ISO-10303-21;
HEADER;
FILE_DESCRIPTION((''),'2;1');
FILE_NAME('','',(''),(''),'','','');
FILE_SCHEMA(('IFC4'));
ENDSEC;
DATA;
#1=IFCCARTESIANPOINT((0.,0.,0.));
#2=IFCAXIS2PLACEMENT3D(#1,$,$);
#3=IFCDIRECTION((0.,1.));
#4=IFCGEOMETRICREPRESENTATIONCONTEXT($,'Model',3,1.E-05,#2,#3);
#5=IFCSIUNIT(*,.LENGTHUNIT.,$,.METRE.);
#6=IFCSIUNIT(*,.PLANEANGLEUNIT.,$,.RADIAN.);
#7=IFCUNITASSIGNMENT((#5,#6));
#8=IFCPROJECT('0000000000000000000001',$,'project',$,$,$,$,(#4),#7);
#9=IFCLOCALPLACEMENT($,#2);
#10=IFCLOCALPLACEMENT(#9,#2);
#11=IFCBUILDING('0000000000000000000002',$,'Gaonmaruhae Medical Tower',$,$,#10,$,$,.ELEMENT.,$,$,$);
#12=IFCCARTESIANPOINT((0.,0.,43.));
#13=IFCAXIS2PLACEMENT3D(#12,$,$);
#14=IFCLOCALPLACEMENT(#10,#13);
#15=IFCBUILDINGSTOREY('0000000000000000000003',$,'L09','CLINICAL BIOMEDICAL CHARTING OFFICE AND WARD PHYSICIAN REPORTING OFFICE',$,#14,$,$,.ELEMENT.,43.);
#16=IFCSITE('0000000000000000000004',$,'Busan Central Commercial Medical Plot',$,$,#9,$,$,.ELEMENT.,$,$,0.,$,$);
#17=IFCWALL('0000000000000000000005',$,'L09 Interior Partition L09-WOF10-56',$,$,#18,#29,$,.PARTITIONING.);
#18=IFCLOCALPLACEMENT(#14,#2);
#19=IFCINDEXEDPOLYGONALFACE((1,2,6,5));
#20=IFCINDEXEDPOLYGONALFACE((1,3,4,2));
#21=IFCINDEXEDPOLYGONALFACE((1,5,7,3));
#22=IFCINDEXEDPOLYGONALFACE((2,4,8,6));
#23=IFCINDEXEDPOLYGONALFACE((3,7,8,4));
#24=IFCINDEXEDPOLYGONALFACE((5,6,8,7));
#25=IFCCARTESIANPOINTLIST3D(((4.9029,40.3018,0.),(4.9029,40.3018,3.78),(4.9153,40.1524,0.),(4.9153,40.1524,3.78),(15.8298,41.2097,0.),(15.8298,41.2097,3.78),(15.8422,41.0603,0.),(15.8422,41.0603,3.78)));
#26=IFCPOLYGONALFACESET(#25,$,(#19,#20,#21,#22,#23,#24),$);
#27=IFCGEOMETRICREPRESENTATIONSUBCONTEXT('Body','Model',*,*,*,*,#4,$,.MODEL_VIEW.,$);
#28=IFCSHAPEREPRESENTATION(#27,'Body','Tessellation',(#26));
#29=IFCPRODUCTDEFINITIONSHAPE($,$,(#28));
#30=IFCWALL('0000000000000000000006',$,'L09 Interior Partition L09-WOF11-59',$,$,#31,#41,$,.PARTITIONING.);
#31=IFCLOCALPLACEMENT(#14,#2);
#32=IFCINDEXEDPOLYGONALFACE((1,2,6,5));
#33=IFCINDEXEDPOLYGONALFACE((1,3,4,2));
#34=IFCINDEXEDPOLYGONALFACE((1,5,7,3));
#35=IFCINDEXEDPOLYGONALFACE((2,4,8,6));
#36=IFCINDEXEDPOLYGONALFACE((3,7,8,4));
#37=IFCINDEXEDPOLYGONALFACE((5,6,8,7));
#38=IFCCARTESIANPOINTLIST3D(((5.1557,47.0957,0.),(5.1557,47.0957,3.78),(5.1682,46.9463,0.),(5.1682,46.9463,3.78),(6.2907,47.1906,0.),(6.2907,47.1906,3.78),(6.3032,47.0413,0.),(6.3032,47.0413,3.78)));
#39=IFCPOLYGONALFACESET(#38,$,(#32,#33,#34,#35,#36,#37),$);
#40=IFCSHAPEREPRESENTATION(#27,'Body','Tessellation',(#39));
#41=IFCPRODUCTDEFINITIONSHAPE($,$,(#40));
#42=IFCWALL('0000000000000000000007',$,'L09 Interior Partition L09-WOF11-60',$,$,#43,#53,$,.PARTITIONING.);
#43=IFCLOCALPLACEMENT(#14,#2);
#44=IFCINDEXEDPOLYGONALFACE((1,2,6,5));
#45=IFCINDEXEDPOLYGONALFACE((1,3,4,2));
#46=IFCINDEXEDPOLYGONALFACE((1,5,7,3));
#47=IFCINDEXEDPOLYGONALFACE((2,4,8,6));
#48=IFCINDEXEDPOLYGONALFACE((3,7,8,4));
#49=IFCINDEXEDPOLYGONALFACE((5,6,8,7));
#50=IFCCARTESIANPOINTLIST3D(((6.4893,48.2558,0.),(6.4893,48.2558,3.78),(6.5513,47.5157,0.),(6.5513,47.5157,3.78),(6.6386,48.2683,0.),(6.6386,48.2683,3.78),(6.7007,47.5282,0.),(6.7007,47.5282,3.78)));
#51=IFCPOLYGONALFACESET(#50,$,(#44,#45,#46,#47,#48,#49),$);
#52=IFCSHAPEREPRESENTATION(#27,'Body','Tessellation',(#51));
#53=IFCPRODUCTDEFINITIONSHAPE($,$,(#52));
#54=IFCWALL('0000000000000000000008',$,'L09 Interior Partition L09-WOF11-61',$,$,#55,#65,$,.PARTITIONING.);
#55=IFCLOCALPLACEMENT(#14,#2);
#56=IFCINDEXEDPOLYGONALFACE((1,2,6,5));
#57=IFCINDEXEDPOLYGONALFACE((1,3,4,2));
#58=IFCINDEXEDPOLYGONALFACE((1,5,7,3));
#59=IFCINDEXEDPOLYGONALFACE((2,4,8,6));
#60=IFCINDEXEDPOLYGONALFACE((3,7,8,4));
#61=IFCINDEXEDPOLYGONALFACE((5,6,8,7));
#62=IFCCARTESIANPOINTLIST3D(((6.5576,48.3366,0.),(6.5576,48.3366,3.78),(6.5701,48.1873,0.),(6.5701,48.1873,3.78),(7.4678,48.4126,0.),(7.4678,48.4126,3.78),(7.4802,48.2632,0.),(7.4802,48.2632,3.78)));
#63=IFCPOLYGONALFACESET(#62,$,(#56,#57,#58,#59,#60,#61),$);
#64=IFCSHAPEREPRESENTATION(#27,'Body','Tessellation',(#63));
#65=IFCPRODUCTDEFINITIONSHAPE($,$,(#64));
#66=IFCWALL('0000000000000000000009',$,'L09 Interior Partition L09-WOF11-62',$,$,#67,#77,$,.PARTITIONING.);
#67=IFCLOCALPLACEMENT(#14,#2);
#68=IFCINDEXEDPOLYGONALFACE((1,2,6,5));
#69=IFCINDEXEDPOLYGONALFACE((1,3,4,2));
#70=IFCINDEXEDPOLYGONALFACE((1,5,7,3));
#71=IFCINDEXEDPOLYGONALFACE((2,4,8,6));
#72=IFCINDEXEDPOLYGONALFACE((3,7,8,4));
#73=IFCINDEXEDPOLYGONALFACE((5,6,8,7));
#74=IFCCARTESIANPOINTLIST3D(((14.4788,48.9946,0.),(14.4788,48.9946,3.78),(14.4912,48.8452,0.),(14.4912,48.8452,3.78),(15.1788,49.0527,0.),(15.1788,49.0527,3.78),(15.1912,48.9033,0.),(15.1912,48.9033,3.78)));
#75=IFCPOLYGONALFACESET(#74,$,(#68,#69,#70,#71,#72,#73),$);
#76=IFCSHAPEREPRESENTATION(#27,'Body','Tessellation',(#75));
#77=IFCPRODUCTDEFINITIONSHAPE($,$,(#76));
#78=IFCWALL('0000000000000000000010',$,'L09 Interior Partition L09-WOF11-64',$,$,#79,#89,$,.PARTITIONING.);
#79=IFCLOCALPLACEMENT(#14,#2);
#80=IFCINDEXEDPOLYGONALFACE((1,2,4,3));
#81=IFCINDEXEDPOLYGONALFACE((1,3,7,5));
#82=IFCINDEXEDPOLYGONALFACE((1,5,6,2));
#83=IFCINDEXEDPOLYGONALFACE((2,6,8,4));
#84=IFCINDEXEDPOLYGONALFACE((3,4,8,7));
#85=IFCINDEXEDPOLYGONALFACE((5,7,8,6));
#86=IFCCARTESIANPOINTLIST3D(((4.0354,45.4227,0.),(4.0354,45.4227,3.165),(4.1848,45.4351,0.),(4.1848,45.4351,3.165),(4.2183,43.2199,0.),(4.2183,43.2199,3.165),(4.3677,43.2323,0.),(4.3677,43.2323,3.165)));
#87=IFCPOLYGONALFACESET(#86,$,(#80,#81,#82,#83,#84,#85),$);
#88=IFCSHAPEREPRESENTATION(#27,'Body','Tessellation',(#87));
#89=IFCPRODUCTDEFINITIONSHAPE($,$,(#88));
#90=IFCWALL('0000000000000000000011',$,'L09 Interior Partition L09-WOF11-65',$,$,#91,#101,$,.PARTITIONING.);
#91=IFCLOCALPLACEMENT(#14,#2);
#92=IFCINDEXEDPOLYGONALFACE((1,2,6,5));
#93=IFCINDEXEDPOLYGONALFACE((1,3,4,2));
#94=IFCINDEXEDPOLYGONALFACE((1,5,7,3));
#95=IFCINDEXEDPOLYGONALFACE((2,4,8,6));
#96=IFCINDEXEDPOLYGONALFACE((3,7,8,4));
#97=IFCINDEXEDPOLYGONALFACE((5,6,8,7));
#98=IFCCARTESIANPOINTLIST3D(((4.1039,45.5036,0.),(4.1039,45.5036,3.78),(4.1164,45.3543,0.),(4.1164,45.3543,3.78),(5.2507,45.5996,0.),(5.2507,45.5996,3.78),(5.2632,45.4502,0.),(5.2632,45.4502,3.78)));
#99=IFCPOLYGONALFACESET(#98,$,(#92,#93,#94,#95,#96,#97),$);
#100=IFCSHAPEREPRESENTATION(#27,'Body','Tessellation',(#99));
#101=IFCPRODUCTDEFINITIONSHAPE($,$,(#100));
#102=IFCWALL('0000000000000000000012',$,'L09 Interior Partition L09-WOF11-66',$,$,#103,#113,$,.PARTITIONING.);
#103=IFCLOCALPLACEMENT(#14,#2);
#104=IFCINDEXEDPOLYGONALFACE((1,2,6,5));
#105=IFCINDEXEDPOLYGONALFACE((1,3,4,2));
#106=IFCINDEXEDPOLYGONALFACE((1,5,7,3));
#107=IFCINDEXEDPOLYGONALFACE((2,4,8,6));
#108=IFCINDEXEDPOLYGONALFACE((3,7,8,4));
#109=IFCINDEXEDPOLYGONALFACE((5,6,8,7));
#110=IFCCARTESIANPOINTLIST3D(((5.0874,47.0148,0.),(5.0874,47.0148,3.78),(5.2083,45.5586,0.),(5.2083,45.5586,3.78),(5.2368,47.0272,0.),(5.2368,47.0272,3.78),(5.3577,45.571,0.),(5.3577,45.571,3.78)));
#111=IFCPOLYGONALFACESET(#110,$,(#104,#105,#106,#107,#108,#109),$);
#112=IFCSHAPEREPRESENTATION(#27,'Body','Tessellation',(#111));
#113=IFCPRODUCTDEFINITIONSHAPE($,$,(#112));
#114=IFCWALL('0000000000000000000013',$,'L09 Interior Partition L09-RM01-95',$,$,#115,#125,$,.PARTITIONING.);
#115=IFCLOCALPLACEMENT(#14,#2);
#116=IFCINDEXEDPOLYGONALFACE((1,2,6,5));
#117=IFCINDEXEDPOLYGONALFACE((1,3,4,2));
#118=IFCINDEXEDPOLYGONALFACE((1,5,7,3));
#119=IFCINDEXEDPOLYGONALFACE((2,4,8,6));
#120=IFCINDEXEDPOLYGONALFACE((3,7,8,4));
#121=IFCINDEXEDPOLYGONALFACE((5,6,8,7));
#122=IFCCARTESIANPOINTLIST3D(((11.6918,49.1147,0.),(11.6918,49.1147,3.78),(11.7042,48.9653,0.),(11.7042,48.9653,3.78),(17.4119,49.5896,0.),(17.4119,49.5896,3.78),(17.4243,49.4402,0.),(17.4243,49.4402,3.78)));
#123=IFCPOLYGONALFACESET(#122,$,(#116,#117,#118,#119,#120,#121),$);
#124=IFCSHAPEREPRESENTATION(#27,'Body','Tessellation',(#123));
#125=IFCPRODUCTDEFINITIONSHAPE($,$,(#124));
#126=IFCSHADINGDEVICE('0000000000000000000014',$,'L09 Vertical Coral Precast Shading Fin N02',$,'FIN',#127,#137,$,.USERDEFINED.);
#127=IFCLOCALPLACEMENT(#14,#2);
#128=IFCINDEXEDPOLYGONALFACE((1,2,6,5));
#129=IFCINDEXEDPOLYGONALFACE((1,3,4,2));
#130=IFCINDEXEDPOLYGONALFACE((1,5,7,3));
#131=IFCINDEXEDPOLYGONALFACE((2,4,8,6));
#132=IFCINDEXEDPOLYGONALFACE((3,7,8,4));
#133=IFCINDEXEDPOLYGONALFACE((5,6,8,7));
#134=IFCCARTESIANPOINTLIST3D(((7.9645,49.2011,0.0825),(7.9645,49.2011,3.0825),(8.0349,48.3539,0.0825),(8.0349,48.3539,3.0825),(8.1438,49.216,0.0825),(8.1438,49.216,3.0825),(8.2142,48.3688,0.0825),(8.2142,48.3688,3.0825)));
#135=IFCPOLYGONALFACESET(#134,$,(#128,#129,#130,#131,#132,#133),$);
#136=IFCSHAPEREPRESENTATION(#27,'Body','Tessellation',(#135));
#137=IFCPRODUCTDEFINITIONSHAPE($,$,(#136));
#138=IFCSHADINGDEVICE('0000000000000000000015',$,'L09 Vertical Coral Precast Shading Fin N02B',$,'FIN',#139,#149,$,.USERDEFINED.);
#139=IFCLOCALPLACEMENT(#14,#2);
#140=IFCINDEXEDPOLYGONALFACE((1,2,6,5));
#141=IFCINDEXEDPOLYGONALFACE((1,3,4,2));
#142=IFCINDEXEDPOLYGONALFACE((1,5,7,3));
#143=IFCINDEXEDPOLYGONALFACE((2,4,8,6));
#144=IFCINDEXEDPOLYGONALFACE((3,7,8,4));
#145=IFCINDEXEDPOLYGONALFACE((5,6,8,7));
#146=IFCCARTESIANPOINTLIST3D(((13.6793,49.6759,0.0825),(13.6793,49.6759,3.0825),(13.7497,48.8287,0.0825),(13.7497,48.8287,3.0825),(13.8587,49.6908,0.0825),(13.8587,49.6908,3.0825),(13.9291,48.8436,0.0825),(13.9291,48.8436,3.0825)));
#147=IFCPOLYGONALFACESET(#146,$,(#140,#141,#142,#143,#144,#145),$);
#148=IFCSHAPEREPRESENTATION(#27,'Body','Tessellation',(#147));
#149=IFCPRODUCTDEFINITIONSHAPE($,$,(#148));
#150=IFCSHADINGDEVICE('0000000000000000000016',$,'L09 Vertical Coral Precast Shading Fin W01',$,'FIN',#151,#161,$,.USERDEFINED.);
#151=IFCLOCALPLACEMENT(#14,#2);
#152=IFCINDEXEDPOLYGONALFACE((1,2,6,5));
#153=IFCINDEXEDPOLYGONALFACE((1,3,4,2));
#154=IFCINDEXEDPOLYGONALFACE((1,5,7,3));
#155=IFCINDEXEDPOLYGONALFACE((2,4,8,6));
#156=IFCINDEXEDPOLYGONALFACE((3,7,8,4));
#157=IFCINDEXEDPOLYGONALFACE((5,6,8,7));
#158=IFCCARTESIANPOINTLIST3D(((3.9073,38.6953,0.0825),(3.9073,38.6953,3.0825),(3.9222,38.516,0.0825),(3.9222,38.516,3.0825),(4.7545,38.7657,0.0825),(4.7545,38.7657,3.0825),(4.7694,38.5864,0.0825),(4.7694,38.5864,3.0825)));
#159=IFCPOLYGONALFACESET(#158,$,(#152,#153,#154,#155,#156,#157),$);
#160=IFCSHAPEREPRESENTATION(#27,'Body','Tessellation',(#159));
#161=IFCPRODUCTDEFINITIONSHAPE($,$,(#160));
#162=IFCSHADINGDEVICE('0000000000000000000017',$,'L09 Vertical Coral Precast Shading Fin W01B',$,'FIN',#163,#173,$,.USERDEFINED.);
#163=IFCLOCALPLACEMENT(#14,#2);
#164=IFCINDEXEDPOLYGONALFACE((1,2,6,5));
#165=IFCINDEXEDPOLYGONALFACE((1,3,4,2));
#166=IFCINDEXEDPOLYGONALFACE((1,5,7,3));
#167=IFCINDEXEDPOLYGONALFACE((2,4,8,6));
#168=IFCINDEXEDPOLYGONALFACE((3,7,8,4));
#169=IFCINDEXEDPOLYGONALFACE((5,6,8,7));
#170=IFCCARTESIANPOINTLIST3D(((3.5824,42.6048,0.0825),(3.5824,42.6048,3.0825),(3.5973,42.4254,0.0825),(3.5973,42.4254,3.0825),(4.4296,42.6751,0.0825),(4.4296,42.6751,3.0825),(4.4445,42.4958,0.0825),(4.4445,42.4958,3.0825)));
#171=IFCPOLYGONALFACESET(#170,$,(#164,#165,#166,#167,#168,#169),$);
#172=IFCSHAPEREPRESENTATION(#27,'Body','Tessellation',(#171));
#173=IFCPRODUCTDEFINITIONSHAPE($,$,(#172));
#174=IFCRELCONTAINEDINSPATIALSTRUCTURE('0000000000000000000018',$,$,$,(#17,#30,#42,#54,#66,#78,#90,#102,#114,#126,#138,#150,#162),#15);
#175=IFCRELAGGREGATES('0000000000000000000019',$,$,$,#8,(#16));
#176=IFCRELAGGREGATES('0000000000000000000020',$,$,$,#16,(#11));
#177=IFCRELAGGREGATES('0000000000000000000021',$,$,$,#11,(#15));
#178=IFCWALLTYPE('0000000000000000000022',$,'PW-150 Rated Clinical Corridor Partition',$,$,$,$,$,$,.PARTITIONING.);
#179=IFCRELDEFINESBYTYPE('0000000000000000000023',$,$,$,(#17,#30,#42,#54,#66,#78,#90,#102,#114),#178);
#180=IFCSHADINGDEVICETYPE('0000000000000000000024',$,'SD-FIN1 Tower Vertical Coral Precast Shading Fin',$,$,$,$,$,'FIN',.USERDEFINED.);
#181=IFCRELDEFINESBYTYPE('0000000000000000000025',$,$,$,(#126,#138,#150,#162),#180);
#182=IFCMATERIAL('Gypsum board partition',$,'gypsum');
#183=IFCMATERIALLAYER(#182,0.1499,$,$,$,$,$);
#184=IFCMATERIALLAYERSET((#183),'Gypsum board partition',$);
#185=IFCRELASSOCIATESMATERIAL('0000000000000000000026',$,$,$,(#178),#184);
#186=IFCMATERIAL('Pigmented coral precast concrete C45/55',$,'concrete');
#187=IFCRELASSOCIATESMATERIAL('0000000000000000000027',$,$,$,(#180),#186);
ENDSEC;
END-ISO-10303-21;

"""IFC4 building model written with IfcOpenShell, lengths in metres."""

from ifc_helpers import new_model, si_unit, direction, frame, frame_2d, origin, origin_2d, place, context, subcontext, project, spatial, rectangle, extrude, material, layer, layer_set, type_object, element, save


model = new_model("IFC4")

# Units and contexts
model_context = context("Model", 3, precision=1e-05, world=origin(), true_north=direction((0.0, 1.0)))
body_context = subcontext(model_context, "Body", "Model", "MODEL_VIEW")
ifc_project = project(units=[si_unit("LENGTHUNIT", "METRE"), si_unit("PLANEANGLEUNIT", "RADIAN")], contexts=[model_context])

# Site, building, storey
site_placement = place(None, origin())
site = spatial("IfcSite", under=ifc_project, at=site_placement, Name="Busan Central Commercial Medical Plot", CompositionType="ELEMENT", RefElevation=0.0)
building_placement = place(site_placement, origin())
building = spatial("IfcBuilding", under=site, at=building_placement, Name="Gaonmaruhae Medical Tower", CompositionType="ELEMENT")
storey_placement = place(building_placement, frame((0.0, 0.0, 43.0)))
storey = spatial("IfcBuildingStorey", under=building, at=storey_placement, Name="L09", Description="CLINICAL BIOMEDICAL CHARTING OFFICE AND WARD PHYSICIAN REPORTING OFFICE", CompositionType="ELEMENT", Elevation=43.0)

# Walls
ifc_material_1 = material(Name="Gypsum board partition", Category="gypsum")
ifc_layer_1 = layer(ifc_material_1, 0.1499)
ifc_layer_set_1 = layer_set([ifc_layer_1], Name="Gypsum board partition")
wall_type_1 = type_object("IfcWallType", Name="PW-150 Rated Clinical Corridor Partition", PredefinedType="PARTITIONING", material=ifc_layer_set_1)
wall_1_placement = place(storey_placement, frame((4.9089, 40.2271, 0.0), z_axis=(0.0, 0.0, 1.0), x_axis=(0.996566, 0.082808, 0.0)))
element("IfcWall", 1, at=wall_1_placement, inside=storey, type_object=wall_type_1, Name="L09 Interior Partition L09-WOF10-56", PredefinedType="PARTITIONING", context=body_context, shape_type="SweptSolid", body=[
    extrude(rectangle(XDim=10.9646, YDim=0.1499, at=frame_2d((5.4824, 0.0))), origin(), (0.0, 0.0, 1.0), 3.78),
])
wall_2_placement = place(storey_placement, frame((5.1621, 47.021, 0.0), z_axis=(0.0, 0.0, 1.0), x_axis=(0.996518, 0.083383, 0.0)))
element("IfcWall", 2, at=wall_2_placement, inside=storey, type_object=wall_type_1, Name="L09 Interior Partition L09-WOF11-59", PredefinedType="PARTITIONING", context=body_context, shape_type="SweptSolid", body=[
    extrude(rectangle(XDim=1.1389, YDim=0.1499, at=frame_2d((0.5693, 0.0))), origin(), (0.0, 0.0, 1.0), 3.78),
])
wall_3_placement = place(storey_placement, frame((6.626, 47.522, 0.0), z_axis=(0.0, 0.0, 1.0), x_axis=(-0.083508, 0.996507, 0.0)))
element("IfcWall", 3, at=wall_3_placement, inside=storey, type_object=wall_type_1, Name="L09 Interior Partition L09-WOF11-60", PredefinedType="PARTITIONING", context=body_context, shape_type="SweptSolid", body=[
    extrude(rectangle(XDim=0.7427, YDim=0.1499, at=frame_2d((0.3713, 0.0))), origin(), (0.0, 0.0, 1.0), 3.78),
])
wall_4_placement = place(storey_placement, frame((6.564, 48.262, 0.0), z_axis=(0.0, 0.0, 1.0), x_axis=(0.996538, 0.083134, 0.0)))
element("IfcWall", 4, at=wall_4_placement, inside=storey, type_object=wall_type_1, Name="L09 Interior Partition L09-WOF11-61", PredefinedType="PARTITIONING", context=body_context, shape_type="SweptSolid", body=[
    extrude(rectangle(XDim=0.9133, YDim=0.1499, at=frame_2d((0.4565, 0.0))), origin(), (0.0, 0.0, 1.0), 3.78),
])
wall_5_placement = place(storey_placement, frame((14.4851, 48.9199, 0.0), z_axis=(0.0, 0.0, 1.0), x_axis=(0.996572, 0.082729, 0.0)))
element("IfcWall", 5, at=wall_5_placement, inside=storey, type_object=wall_type_1, Name="L09 Interior Partition L09-WOF11-62", PredefinedType="PARTITIONING", context=body_context, shape_type="SweptSolid", body=[
    extrude(rectangle(XDim=0.7024, YDim=0.1499, at=frame_2d((0.3511, 0.0))), origin(), (0.0, 0.0, 1.0), 3.78),
])
wall_6_placement = place(storey_placement, frame((4.293, 43.2261, 0.0), z_axis=(0.0, 0.0, 1.0), x_axis=(-0.082726, 0.996572, 0.0)))
element("IfcWall", 6, at=wall_6_placement, inside=storey, type_object=wall_type_1, Name="L09 Interior Partition L09-WOF11-64", PredefinedType="PARTITIONING", context=body_context, shape_type="SweptSolid", body=[
    extrude(rectangle(XDim=2.2104, YDim=0.1499, at=frame_2d((1.1052, 0.0))), origin(), (0.0, 0.0, 1.0), 3.165),
])
wall_7_placement = place(storey_placement, frame((4.1101, 45.429, 0.0), z_axis=(0.0, 0.0, 1.0), x_axis=(0.996519, 0.083361, 0.0)))
element("IfcWall", 7, at=wall_7_placement, inside=storey, type_object=wall_type_1, Name="L09 Interior Partition L09-WOF11-65", PredefinedType="PARTITIONING", context=body_context, shape_type="SweptSolid", body=[
    extrude(rectangle(XDim=1.1509, YDim=0.1499, at=frame_2d((0.5754, 0.0))), origin(), (0.0, 0.0, 1.0), 3.78),
])
wall_8_placement = place(storey_placement, frame((5.283, 45.5649, 0.0), z_axis=(0.0, 0.0, 1.0), x_axis=(-0.082714, 0.996573, 0.0)))
element("IfcWall", 8, at=wall_8_placement, inside=storey, type_object=wall_type_1, Name="L09 Interior Partition L09-WOF11-66", PredefinedType="PARTITIONING", context=body_context, shape_type="SweptSolid", body=[
    extrude(rectangle(XDim=1.4612, YDim=0.1499, at=frame_2d((0.7305, 0.0))), origin(), (0.0, 0.0, 1.0), 3.78),
])
wall_9_placement = place(storey_placement, frame((11.698, 49.04, 0.0), z_axis=(0.0, 0.0, 1.0), x_axis=(0.996572, 0.082732, 0.0)))
element("IfcWall", 9, at=wall_9_placement, inside=storey, type_object=wall_type_1, Name="L09 Interior Partition L09-RM01-95", PredefinedType="PARTITIONING", context=body_context, shape_type="SweptSolid", body=[
    extrude(rectangle(XDim=5.7397, YDim=0.1499, at=frame_2d((2.8699, 0.0))), origin(), (0.0, 0.0, 1.0), 3.78),
])

# Shading devices
ifc_material_2 = material(Name="Pigmented coral precast concrete C45/55", Category="concrete")
shading_device_type = type_object("IfcShadingDeviceType", Name="SD-FIN1 Tower Vertical Coral Precast Shading Fin", ElementType="FIN", PredefinedType="USERDEFINED", material=ifc_material_2)
for number, where, z_axis, x_axis, name in (
    (10, (8.0894, 48.7849, 0.0825), (0.0, 0.0, 1.0), (0.996566, 0.082808, 0.0), "L09 Vertical Coral Precast Shading Fin N02"),
    (11, (13.8042, 49.2598, 0.0825), (0.0, 0.0, 1.0), (0.996566, 0.082808, 0.0), "L09 Vertical Coral Precast Shading Fin N02B"),
    (12, (4.3384, 38.6409, 0.0825), (0.0, 0.0, 1.0), (-0.082808, 0.996566, 0.0), "L09 Vertical Coral Precast Shading Fin W01"),
    (13, (4.0134, 42.5503, 0.0825), (0.0, 0.0, 1.0), (-0.082808, 0.996566, 0.0), "L09 Vertical Coral Precast Shading Fin W01B"),
):
    element("IfcShadingDevice", number, at=place(storey_placement, frame(where, z_axis=z_axis, x_axis=x_axis)), inside=storey, type_object=shading_device_type, Name=name, ObjectType="FIN", PredefinedType="USERDEFINED", context=body_context, shape_type="SweptSolid", body=[
        extrude(rectangle(XDim=0.1799, YDim=0.8501, at=origin_2d()), origin(), (0.0, 0.0, 1.0), 3.0),
    ])

save(model, "model.ifc")
